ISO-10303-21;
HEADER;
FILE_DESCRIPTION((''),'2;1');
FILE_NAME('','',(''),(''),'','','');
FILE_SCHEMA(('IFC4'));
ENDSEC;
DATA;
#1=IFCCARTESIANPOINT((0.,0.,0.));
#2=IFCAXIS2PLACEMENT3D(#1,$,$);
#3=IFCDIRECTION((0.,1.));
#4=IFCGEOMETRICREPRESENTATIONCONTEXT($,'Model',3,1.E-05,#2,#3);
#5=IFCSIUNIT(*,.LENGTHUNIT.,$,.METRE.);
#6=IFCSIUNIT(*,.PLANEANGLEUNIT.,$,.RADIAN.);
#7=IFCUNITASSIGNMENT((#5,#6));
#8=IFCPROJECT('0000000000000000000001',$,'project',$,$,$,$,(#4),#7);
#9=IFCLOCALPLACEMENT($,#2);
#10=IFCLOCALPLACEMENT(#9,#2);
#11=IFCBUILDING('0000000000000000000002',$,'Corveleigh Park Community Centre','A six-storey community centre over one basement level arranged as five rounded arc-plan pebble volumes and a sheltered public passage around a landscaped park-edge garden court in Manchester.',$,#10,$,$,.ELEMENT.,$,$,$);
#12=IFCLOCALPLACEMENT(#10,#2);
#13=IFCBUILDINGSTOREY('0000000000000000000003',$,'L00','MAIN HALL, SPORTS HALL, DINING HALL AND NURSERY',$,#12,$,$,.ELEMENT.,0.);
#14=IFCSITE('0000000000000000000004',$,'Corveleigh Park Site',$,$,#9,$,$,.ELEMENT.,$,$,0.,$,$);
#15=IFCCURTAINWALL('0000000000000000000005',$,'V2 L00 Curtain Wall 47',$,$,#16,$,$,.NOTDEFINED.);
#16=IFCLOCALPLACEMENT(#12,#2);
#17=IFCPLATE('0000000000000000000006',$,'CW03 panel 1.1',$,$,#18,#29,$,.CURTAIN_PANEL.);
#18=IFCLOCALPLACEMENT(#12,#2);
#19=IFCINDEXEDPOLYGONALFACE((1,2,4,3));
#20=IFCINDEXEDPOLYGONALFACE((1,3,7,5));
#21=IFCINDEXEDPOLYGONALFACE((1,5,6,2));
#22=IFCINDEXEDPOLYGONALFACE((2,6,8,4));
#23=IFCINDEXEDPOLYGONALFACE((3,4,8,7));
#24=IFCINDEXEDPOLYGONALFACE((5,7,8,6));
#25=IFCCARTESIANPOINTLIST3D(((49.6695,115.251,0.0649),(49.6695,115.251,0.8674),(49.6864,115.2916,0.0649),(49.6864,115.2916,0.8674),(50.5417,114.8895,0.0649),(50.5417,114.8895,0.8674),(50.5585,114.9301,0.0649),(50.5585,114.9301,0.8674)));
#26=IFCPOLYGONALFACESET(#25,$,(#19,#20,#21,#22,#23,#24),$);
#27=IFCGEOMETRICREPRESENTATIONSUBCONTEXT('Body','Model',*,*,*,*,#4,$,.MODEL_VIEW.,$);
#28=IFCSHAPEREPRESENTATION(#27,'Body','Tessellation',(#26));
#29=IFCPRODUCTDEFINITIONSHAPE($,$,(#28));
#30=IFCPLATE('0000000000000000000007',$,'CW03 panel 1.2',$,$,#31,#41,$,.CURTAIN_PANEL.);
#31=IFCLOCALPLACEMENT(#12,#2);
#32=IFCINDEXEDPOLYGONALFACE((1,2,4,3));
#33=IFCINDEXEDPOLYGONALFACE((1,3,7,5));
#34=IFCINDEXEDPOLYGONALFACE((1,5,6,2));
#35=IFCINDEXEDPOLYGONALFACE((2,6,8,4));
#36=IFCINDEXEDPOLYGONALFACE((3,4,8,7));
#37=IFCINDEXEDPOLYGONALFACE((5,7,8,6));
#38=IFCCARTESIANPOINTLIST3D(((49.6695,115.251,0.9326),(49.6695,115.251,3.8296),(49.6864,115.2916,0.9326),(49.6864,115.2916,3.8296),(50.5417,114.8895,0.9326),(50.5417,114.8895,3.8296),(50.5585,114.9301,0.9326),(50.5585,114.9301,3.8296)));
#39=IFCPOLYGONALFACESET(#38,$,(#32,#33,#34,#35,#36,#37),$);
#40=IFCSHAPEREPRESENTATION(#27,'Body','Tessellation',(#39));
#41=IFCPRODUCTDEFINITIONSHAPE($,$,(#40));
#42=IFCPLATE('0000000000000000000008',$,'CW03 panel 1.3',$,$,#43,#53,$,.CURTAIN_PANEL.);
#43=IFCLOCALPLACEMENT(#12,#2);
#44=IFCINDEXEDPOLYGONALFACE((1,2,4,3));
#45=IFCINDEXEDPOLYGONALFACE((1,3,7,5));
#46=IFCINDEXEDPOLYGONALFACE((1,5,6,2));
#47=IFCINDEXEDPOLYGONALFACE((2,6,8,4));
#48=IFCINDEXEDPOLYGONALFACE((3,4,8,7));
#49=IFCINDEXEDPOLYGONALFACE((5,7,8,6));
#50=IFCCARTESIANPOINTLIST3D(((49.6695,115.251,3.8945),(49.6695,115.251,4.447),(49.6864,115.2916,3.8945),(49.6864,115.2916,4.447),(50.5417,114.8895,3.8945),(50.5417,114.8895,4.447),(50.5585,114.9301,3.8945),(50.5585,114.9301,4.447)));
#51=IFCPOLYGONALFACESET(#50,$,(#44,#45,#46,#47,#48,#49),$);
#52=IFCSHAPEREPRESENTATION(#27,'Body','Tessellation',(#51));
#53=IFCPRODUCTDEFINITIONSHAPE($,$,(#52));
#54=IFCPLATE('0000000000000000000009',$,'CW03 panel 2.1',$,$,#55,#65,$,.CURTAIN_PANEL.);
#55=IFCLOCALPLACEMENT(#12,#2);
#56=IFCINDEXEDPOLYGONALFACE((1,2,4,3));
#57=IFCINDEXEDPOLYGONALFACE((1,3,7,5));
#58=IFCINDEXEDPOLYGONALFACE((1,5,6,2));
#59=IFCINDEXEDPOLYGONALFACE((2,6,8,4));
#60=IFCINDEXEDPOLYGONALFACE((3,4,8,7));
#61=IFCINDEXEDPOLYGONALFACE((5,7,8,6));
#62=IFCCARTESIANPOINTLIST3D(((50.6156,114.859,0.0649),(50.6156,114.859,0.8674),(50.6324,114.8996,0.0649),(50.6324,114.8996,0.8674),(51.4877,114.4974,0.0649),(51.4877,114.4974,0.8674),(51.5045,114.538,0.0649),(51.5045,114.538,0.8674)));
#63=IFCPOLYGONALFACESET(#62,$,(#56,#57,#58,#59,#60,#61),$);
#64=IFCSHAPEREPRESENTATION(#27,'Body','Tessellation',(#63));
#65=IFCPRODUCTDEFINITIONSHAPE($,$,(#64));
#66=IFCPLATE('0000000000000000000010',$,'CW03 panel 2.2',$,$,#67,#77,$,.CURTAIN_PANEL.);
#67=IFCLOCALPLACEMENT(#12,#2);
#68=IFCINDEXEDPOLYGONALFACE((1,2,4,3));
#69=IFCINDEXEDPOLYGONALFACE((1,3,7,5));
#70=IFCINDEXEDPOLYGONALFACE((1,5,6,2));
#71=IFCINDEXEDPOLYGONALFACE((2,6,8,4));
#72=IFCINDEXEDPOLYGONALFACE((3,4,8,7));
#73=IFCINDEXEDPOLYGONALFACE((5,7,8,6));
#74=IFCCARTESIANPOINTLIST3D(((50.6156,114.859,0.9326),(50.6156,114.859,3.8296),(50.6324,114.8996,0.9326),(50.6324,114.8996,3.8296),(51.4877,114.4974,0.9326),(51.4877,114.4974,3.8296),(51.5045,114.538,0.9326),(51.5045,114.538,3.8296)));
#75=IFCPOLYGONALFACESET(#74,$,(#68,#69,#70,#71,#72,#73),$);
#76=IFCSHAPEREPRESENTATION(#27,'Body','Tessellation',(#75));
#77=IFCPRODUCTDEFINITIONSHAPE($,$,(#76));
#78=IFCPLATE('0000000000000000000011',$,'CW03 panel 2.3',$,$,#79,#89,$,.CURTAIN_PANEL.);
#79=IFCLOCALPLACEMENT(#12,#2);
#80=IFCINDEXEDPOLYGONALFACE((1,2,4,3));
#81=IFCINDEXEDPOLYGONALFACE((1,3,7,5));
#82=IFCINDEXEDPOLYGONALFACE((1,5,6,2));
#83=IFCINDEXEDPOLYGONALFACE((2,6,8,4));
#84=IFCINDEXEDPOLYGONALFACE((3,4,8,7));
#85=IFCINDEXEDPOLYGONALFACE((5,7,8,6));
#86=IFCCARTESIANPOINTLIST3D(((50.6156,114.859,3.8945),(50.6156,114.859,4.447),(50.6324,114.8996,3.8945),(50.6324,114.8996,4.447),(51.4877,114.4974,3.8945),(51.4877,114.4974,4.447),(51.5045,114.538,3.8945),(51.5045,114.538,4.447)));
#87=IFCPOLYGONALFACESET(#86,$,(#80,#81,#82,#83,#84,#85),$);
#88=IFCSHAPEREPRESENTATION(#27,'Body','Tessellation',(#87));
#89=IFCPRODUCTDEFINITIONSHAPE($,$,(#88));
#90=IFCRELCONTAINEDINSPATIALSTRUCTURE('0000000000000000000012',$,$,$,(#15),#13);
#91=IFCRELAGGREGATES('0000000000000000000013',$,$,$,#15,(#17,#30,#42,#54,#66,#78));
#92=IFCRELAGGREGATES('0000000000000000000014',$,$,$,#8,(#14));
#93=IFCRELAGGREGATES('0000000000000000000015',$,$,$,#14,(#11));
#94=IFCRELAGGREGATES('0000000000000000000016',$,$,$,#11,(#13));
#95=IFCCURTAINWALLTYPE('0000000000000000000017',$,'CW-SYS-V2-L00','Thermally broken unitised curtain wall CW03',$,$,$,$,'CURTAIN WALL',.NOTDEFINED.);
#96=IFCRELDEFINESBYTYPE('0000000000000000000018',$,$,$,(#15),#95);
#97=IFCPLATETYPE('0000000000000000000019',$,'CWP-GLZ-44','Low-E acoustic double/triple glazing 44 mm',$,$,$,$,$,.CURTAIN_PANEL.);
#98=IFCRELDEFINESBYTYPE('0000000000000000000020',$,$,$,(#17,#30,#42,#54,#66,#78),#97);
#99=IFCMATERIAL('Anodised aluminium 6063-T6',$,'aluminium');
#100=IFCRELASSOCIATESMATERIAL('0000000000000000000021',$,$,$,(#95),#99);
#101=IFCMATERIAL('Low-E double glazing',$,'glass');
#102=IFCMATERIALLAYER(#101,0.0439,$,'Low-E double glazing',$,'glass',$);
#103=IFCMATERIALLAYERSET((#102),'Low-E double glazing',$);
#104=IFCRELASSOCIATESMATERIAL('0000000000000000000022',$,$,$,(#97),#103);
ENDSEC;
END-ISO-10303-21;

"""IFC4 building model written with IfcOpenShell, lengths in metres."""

from ifc_helpers import new_model, si_unit, direction, frame, origin, origin_2d, place, context, subcontext, project, spatial, rectangle, extrude, material, layer, layer_set, type_object, element, aggregate, save


model = new_model("IFC4")

# Units and contexts
model_context = context("Model", 3, precision=1e-05, world=origin(), true_north=direction((0.0, 1.0)))
body_context = subcontext(model_context, "Body", "Model", "MODEL_VIEW")
ifc_project = project(units=[si_unit("LENGTHUNIT", "METRE"), si_unit("PLANEANGLEUNIT", "RADIAN")], contexts=[model_context])

# Site, building, storey
site_placement = place(None, origin())
site = spatial("IfcSite", under=ifc_project, at=site_placement, Name="Corveleigh Park Site", CompositionType="ELEMENT", RefElevation=0.0)
building_placement = place(site_placement, origin())
building = spatial("IfcBuilding", under=site, at=building_placement, Name="Corveleigh Park Community Centre", Description="A six-storey community centre over one basement level arranged as five rounded arc-plan pebble volumes and a sheltered public passage around a landscaped park-edge garden court in Manchester.", CompositionType="ELEMENT")
storey_placement = place(building_placement, origin())
storey = spatial("IfcBuildingStorey", under=building, at=storey_placement, Name="L00", Description="MAIN HALL, SPORTS HALL, DINING HALL AND NURSERY", CompositionType="ELEMENT", Elevation=0.0)

# Curtain wall
ifc_material_1 = material(Name="Anodised aluminium 6063-T6", Category="aluminium")
curtain_wall_type = type_object("IfcCurtainWallType", Name="CW-SYS-V2-L00", Description="Thermally broken unitised curtain wall CW03", ElementType="CURTAIN WALL", PredefinedType="NOTDEFINED", material=ifc_material_1)
curtain_wall_1_placement = place(storey_placement, origin())
curtain_wall_1 = element("IfcCurtainWall", 1, at=curtain_wall_1_placement, inside=storey, type_object=curtain_wall_type, Name="V2 L00 Curtain Wall 47", PredefinedType="NOTDEFINED")

# Plates
ifc_material_2 = material(Name="Low-E double glazing", Category="glass")
ifc_layer_1 = layer(ifc_material_2, 0.0439, Name="Low-E double glazing", Category="glass")
ifc_layer_set_1 = layer_set([ifc_layer_1], Name="Low-E double glazing")
plate_type_1 = type_object("IfcPlateType", Name="CWP-GLZ-44", Description="Low-E acoustic double/triple glazing 44 mm", PredefinedType="CURTAIN_PANEL", material=ifc_layer_set_1)
plate_1_placement = place(storey_placement, frame((50.114, 115.0906, 0.0649), z_axis=(0.0, 0.0, 1.0), x_axis=(0.92377, -0.382947, 0.0)))
plate_1 = element("IfcPlate", 2, at=plate_1_placement, type_object=plate_type_1, Name="CW03 panel 1.1", PredefinedType="CURTAIN_PANEL", context=body_context, shape_type="SweptSolid", body=[
    extrude(rectangle(XDim=0.9441, YDim=0.0439, at=origin_2d()), origin(), (0.0, 0.0, 1.0), 0.8025),
])
plate_2_placement = place(storey_placement, frame((50.114, 115.0906, 0.9326), z_axis=(0.0, 0.0, 1.0), x_axis=(0.92377, -0.382947, 0.0)))
plate_2 = element("IfcPlate", 3, at=plate_2_placement, type_object=plate_type_1, Name="CW03 panel 1.2", PredefinedType="CURTAIN_PANEL", context=body_context, shape_type="SweptSolid", body=[
    extrude(rectangle(XDim=0.9441, YDim=0.0439, at=origin_2d()), origin(), (0.0, 0.0, 1.0), 2.897),
])
plate_3_placement = place(storey_placement, frame((50.114, 115.0906, 3.8945), z_axis=(0.0, 0.0, 1.0), x_axis=(0.92377, -0.382947, 0.0)))
plate_3 = element("IfcPlate", 4, at=plate_3_placement, type_object=plate_type_1, Name="CW03 panel 1.3", PredefinedType="CURTAIN_PANEL", context=body_context, shape_type="SweptSolid", body=[
    extrude(rectangle(XDim=0.9441, YDim=0.0439, at=origin_2d()), origin(), (0.0, 0.0, 1.0), 0.5525),
])
plate_4_placement = place(storey_placement, frame((51.0601, 114.6985, 0.0649), z_axis=(0.0, 0.0, 1.0), x_axis=(0.92377, -0.382947, 0.0)))
plate_4 = element("IfcPlate", 5, at=plate_4_placement, type_object=plate_type_1, Name="CW03 panel 2.1", PredefinedType="CURTAIN_PANEL", context=body_context, shape_type="SweptSolid", body=[
    extrude(rectangle(XDim=0.9441, YDim=0.0439, at=origin_2d()), origin(), (0.0, 0.0, 1.0), 0.8025),
])
plate_5_placement = place(storey_placement, frame((51.0601, 114.6985, 0.9326), z_axis=(0.0, 0.0, 1.0), x_axis=(0.92377, -0.382947, 0.0)))
plate_5 = element("IfcPlate", 6, at=plate_5_placement, type_object=plate_type_1, Name="CW03 panel 2.2", PredefinedType="CURTAIN_PANEL", context=body_context, shape_type="SweptSolid", body=[
    extrude(rectangle(XDim=0.9441, YDim=0.0439, at=origin_2d()), origin(), (0.0, 0.0, 1.0), 2.897),
])
plate_6_placement = place(storey_placement, frame((51.0601, 114.6985, 3.8945), z_axis=(0.0, 0.0, 1.0), x_axis=(0.92377, -0.382947, 0.0)))
plate_6 = element("IfcPlate", 7, at=plate_6_placement, type_object=plate_type_1, Name="CW03 panel 2.3", PredefinedType="CURTAIN_PANEL", context=body_context, shape_type="SweptSolid", body=[
    extrude(rectangle(XDim=0.9441, YDim=0.0439, at=origin_2d()), origin(), (0.0, 0.0, 1.0), 0.5525),
])
aggregate(curtain_wall_1, [plate_1, plate_2, plate_3, plate_4, plate_5, plate_6])

save(model, "model.ifc")
